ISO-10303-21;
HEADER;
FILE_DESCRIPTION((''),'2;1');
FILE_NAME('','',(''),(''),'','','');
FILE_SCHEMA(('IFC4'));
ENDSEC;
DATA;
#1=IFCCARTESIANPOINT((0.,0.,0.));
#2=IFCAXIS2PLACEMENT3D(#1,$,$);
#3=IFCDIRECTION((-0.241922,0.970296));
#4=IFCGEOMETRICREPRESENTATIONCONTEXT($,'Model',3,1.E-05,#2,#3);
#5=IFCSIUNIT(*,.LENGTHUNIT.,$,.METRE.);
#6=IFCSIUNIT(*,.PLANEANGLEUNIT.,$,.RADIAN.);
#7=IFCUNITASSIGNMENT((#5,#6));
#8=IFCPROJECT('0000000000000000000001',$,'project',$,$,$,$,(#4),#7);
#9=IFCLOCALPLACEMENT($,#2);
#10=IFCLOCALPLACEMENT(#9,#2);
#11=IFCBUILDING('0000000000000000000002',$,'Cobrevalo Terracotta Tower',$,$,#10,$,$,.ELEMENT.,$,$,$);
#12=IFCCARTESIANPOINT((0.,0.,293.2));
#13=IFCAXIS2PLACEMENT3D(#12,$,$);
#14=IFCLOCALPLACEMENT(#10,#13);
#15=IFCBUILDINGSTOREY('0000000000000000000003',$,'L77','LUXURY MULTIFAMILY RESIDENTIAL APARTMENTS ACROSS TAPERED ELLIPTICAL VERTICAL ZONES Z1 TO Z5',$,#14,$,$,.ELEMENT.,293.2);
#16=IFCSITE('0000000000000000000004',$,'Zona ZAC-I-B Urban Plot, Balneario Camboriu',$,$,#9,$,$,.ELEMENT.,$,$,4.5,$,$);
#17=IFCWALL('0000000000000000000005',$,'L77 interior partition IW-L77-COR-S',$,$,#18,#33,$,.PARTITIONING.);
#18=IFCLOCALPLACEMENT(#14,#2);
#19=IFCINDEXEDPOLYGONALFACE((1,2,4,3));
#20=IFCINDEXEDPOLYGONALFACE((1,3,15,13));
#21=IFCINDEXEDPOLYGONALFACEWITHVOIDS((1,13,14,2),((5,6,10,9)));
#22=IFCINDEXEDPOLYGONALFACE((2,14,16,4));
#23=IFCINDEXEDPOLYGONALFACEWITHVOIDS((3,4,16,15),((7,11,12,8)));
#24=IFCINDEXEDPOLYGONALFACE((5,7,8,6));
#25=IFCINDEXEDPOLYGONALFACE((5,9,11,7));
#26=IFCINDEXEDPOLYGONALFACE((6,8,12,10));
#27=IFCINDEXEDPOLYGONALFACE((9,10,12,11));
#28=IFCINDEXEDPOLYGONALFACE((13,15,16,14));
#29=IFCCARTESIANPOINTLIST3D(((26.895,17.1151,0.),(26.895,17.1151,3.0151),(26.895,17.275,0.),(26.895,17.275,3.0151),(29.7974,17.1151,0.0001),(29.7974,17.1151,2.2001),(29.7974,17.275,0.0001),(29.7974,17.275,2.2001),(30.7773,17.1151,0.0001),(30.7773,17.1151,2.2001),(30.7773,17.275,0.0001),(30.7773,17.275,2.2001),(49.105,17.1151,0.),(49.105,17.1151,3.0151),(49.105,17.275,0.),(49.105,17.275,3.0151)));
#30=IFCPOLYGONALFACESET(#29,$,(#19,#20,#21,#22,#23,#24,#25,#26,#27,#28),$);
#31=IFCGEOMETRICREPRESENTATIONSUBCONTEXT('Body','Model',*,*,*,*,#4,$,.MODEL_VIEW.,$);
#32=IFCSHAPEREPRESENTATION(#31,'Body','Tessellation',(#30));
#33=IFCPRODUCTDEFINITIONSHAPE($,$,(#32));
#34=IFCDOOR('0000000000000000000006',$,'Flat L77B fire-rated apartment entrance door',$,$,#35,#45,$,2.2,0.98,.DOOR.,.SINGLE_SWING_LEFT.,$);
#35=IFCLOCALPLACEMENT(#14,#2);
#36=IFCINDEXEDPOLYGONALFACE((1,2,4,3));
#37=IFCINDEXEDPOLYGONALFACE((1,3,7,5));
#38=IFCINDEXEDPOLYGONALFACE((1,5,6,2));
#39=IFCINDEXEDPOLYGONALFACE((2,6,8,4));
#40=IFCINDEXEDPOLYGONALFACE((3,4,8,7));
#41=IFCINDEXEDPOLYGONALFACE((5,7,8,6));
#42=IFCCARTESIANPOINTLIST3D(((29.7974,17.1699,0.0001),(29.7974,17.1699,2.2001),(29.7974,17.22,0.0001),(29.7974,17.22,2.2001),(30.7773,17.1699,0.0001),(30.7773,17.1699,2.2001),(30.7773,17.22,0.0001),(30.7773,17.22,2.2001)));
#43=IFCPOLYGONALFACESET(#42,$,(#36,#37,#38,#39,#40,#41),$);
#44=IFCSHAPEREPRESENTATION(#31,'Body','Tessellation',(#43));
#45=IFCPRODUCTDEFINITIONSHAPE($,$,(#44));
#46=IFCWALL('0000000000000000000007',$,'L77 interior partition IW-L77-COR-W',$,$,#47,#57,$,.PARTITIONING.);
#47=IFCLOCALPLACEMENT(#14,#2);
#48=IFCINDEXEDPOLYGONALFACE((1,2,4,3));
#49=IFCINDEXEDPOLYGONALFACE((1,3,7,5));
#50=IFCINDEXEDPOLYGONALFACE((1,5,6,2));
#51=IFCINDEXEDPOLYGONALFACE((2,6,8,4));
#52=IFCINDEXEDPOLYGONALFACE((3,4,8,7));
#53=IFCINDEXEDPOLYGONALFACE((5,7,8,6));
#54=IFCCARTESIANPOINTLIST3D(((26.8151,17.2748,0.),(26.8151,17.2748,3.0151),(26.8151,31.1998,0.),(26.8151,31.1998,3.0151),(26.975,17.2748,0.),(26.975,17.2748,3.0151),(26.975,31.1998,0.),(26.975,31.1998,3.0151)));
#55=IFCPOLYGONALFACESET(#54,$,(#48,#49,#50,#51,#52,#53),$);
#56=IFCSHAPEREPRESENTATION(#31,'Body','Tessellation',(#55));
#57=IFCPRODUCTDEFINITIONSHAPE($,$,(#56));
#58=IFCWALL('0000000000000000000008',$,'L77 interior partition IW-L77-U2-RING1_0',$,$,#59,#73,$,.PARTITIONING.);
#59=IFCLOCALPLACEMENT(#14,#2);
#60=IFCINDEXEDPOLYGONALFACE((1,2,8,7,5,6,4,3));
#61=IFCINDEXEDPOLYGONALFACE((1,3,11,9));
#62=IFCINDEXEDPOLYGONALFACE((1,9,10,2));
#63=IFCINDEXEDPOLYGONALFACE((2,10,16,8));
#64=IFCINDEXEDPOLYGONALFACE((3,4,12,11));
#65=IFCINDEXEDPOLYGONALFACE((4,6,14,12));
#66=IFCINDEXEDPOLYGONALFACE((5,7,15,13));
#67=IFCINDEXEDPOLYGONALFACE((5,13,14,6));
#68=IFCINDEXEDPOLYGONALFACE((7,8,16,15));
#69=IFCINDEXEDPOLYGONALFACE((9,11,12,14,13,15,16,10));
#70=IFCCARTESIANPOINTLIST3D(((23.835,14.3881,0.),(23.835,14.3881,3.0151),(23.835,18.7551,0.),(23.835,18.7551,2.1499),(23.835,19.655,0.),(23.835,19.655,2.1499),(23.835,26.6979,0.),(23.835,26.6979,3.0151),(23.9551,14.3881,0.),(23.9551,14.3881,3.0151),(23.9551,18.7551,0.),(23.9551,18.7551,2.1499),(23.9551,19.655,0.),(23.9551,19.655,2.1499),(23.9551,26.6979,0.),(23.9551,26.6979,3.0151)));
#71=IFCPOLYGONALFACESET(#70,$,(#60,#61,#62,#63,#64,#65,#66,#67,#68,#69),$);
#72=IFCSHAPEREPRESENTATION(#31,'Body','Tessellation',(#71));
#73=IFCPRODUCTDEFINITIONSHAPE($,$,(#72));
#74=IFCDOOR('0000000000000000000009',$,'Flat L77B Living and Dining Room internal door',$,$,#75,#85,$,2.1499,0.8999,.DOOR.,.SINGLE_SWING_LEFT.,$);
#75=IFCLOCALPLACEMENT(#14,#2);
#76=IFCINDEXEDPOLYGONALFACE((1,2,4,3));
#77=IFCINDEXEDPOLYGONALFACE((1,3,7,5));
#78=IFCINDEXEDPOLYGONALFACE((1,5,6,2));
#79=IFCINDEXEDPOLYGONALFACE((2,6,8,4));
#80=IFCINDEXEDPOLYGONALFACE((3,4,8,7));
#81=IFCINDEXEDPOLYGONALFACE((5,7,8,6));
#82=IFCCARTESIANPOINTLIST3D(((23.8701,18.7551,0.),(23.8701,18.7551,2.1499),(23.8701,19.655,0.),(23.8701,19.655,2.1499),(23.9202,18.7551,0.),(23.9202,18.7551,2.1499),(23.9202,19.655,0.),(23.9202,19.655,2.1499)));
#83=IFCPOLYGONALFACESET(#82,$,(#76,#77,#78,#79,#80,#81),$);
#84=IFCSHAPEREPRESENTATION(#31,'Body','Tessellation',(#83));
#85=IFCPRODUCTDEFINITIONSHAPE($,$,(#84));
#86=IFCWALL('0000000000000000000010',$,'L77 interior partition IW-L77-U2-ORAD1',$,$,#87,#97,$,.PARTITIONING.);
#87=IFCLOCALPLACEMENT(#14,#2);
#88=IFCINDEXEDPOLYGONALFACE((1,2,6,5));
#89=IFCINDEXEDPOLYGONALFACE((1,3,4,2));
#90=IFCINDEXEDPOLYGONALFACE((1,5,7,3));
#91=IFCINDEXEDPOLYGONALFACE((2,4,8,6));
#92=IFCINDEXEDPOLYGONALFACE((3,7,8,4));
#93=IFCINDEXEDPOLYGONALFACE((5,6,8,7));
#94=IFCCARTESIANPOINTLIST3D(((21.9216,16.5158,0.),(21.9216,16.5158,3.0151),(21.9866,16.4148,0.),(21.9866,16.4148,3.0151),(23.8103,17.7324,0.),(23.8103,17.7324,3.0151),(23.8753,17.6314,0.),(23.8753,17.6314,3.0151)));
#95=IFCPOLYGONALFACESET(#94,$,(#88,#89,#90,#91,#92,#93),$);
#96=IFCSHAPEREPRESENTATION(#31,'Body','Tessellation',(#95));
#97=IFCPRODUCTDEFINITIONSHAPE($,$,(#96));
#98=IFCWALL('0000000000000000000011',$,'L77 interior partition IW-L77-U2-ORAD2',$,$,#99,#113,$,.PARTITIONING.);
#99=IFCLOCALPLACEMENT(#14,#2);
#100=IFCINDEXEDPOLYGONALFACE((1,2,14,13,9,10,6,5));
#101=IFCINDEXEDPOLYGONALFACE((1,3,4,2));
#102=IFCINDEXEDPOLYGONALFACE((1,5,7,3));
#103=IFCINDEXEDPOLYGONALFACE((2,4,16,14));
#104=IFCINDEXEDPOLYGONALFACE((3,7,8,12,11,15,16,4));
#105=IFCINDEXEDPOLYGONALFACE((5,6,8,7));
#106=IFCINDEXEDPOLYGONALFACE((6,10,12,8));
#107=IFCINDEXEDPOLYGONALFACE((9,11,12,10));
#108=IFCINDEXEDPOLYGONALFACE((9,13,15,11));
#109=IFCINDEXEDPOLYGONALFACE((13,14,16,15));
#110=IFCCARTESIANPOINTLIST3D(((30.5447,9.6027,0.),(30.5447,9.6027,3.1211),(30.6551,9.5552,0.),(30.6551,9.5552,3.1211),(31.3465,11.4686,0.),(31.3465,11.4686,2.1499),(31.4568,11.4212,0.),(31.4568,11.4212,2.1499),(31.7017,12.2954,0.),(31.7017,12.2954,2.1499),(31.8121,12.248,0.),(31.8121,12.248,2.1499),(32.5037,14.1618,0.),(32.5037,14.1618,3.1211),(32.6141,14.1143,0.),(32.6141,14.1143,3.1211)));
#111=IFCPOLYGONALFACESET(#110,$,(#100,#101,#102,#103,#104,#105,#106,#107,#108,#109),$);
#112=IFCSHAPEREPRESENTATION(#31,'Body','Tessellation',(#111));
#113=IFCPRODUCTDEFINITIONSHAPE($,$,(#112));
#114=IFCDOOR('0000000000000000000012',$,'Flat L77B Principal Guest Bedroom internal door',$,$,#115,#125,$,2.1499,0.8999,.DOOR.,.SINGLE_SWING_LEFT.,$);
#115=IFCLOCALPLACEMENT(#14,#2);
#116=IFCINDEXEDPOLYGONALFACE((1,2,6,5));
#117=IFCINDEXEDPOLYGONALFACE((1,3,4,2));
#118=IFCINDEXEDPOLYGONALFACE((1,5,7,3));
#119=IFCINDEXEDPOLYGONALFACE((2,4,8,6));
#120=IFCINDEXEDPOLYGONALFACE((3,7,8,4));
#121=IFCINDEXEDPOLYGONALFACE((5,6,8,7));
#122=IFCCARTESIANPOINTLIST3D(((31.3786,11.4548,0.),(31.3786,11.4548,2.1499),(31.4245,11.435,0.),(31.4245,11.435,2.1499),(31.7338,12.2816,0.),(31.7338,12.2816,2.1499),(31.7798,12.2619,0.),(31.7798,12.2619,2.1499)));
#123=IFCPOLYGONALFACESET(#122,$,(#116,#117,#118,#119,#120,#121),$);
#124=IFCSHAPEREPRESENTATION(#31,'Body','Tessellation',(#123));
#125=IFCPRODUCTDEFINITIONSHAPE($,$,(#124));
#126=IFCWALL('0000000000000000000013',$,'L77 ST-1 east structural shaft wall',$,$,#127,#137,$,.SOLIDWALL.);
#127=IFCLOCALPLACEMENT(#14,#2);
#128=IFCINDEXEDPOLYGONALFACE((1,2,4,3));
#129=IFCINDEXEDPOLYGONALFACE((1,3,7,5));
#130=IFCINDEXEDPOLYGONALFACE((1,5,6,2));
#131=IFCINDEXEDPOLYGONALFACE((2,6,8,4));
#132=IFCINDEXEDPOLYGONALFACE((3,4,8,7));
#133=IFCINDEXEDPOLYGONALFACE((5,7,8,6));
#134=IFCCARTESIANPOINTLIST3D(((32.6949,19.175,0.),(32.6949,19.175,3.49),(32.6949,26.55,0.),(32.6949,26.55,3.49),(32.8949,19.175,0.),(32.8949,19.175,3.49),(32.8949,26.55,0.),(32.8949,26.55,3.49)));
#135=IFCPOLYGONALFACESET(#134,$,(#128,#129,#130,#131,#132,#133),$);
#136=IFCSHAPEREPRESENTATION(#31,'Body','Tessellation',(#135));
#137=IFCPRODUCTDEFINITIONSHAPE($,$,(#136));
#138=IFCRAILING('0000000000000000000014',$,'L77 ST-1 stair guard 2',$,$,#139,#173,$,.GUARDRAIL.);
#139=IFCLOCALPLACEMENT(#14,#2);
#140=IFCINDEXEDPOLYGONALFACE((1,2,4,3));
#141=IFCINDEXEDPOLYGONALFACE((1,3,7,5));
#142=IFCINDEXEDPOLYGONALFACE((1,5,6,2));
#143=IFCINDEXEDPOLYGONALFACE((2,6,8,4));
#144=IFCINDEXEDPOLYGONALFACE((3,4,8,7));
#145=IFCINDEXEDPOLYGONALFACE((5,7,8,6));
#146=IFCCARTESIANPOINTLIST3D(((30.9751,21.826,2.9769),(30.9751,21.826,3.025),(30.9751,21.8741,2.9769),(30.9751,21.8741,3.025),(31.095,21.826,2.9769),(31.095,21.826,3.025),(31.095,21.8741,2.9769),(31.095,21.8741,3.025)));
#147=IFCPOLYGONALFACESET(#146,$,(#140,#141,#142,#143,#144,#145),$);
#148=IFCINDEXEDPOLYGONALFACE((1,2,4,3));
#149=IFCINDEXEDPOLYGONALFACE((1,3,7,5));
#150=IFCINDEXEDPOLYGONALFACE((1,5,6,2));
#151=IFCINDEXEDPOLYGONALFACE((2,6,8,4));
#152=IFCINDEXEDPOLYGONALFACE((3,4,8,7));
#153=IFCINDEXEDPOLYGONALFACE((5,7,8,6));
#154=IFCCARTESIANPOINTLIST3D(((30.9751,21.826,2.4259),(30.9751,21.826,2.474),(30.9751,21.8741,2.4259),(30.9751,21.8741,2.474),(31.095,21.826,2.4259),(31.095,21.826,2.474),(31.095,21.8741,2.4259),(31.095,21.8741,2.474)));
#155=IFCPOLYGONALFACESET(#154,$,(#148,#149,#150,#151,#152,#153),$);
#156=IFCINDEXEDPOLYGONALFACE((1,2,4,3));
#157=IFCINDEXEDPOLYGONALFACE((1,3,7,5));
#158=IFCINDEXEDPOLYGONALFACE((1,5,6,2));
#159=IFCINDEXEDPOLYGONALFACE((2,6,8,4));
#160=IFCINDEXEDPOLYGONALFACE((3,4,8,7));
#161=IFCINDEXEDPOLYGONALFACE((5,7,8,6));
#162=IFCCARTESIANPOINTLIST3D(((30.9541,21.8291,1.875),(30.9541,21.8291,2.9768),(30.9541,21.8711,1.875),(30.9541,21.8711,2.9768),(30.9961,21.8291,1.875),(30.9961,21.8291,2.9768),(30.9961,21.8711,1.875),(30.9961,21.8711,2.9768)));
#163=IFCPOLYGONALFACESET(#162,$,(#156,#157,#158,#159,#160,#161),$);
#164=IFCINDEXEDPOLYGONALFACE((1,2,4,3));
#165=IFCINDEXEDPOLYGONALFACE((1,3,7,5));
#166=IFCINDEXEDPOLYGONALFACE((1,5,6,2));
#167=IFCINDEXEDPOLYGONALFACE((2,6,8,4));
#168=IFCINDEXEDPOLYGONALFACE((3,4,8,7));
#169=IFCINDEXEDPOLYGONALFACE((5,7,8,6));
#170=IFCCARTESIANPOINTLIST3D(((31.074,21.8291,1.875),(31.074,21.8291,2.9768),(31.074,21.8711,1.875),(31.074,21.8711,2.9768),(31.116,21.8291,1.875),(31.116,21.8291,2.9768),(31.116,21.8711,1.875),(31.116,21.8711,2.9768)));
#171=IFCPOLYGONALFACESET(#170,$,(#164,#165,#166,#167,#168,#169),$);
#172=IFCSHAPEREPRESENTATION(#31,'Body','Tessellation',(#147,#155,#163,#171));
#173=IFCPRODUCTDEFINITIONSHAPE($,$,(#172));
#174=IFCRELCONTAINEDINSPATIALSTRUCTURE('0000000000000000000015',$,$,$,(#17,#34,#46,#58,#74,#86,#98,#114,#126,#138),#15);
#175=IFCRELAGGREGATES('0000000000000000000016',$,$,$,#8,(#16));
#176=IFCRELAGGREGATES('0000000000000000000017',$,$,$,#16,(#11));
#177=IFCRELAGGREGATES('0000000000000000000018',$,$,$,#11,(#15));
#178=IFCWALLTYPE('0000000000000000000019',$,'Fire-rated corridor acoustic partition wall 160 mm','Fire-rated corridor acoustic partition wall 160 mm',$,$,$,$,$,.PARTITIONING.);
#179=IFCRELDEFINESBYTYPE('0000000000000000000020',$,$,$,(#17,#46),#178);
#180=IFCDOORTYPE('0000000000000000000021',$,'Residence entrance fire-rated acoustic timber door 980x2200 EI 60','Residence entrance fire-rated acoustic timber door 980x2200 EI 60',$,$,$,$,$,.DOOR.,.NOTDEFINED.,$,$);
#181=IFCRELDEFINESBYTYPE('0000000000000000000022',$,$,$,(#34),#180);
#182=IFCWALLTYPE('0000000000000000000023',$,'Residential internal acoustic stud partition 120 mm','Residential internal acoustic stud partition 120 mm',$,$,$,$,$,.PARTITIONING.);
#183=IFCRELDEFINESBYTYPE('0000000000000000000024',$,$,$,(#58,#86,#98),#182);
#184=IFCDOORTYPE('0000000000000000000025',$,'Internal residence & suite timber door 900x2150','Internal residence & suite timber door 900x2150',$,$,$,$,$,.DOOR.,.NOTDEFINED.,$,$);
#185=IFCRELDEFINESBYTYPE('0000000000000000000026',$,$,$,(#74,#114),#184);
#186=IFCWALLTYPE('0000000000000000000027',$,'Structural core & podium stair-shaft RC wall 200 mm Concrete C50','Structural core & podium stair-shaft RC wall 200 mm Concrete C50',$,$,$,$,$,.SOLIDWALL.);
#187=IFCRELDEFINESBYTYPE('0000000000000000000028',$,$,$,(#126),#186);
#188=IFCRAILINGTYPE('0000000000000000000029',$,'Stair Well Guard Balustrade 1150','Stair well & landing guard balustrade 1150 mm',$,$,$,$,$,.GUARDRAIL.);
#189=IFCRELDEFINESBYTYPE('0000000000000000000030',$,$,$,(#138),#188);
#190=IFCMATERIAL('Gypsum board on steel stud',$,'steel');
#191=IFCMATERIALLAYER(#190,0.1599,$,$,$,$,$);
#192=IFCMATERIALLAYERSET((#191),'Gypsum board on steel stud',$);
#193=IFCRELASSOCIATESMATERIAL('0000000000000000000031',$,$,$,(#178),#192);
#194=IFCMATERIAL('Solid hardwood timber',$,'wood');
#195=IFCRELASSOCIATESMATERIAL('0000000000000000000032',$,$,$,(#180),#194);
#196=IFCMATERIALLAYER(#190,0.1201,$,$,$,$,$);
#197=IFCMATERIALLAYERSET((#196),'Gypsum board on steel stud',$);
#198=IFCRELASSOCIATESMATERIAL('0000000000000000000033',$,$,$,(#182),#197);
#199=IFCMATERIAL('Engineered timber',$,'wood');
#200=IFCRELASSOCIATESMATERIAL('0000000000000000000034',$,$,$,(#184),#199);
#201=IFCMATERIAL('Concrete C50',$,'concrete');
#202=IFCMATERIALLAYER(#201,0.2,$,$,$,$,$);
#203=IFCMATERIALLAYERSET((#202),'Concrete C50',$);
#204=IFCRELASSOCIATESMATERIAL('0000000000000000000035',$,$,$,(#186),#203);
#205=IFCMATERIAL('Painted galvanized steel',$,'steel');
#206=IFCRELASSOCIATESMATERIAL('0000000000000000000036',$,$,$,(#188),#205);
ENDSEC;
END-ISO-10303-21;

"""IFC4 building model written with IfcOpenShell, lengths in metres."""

from ifc_helpers import new_model, si_unit, direction, frame, frame_2d, origin, origin_2d, place, context, subcontext, project, spatial, rectangle, extrude, source, transform, mapped, material, layer, layer_set, type_object, element, fill, save


model = new_model("IFC4")

# Units and contexts
model_context = context("Model", 3, precision=1e-05, world=origin(), true_north=direction((-0.241922, 0.970296)))
body_context = subcontext(model_context, "Body", "Model", "MODEL_VIEW")
ifc_project = project(units=[si_unit("LENGTHUNIT", "METRE"), si_unit("PLANEANGLEUNIT", "RADIAN")], contexts=[model_context])

# Site, building, storey
site_placement = place(None, origin())
site = spatial("IfcSite", under=ifc_project, at=site_placement, Name="Zona ZAC-I-B Urban Plot, Balneario Camboriu", CompositionType="ELEMENT", RefElevation=4.5)
building_placement = place(site_placement, origin())
building = spatial("IfcBuilding", under=site, at=building_placement, Name="Cobrevalo Terracotta Tower", CompositionType="ELEMENT")
storey_placement = place(building_placement, frame((0.0, 0.0, 293.2)))
storey = spatial("IfcBuildingStorey", under=building, at=storey_placement, Name="L77", Description="LUXURY MULTIFAMILY RESIDENTIAL APARTMENTS ACROSS TAPERED ELLIPTICAL VERTICAL ZONES Z1 TO Z5", CompositionType="ELEMENT", Elevation=293.2)

# Shared definitions
ifc_material_1 = material(Name="Concrete C50", Category="concrete")

# Wall, opening, door
ifc_material_2 = material(Name="Gypsum board on steel stud", Category="steel")
ifc_layer_1 = layer(ifc_material_2, 0.1599)
ifc_layer_set_1 = layer_set([ifc_layer_1], Name="Gypsum board on steel stud")
wall_type_1 = type_object("IfcWallType", Name="Fire-rated corridor acoustic partition wall 160 mm", Description="Fire-rated corridor acoustic partition wall 160 mm", PredefinedType="PARTITIONING", material=ifc_layer_set_1)
wall_1_placement = place(storey_placement, frame((26.895, 17.1951, 0.0), z_axis=(0.0, 0.0, 1.0), x_axis=(1.0, 0.0, 0.0)))
wall_1 = element("IfcWall", 1, at=wall_1_placement, inside=storey, type_object=wall_type_1, Name="L77 interior partition IW-L77-COR-S", PredefinedType="PARTITIONING", context=body_context, shape_type="SweptSolid", body=[
    extrude(rectangle(XDim=22.21, YDim=0.1599, at=frame_2d((11.105, 0.0))), origin(), (0.0, 0.0, 1.0), 3.0151),
])
opening_1_placement = place(wall_1_placement, frame((2.9023, 0.0, 0.0)))
opening_1 = element("IfcOpeningElement", 2, at=opening_1_placement, cuts=wall_1, PredefinedType="OPENING", context=body_context, shape_type="SweptSolid", body=[
    extrude(rectangle(XDim=0.98, YDim=2.2, at=frame_2d((0.49, 1.1001))), frame((0.0, 0.0898, 0.0), z_axis=(0.0, -1.0, 0.0), x_axis=(1.0, 0.0, 0.0)), (0.0, 0.0, 1.0), 0.1799),
])
ifc_material_3 = material(Name="Solid hardwood timber", Category="wood")
door_type_1 = type_object("IfcDoorType", Name="Residence entrance fire-rated acoustic timber door 980x2200 EI 60", Description="Residence entrance fire-rated acoustic timber door 980x2200 EI 60", OperationType="NOTDEFINED", PredefinedType="DOOR", material=ifc_material_3)
shared_shape_1 = source(origin(), body_context, "Body", "SweptSolid", [
    extrude(rectangle(XDim=0.98, YDim=2.2, at=frame_2d((0.49, 1.1001))), frame((0.0, 0.0249, 0.0), z_axis=(0.0, -1.0, 0.0), x_axis=(1.0, 0.0, 0.0)), (0.0, 0.0, 1.0), 0.05),
])
door_1_placement = place(opening_1_placement, origin())
door_1 = element("IfcDoor", 3, at=door_1_placement, inside=storey, type_object=door_type_1, Name="Flat L77B fire-rated apartment entrance door", OperationType="SINGLE_SWING_LEFT", OverallHeight=2.2, OverallWidth=0.98, PredefinedType="DOOR", context=body_context, shape_type="MappedRepresentation", body=[
    mapped(shared_shape_1, transform((0.0, 0.0, 0.0), scale=1.0)),
])
fill(opening_1, door_1)

# Wall
wall_2_placement = place(storey_placement, frame((26.895, 17.2749, 0.0), z_axis=(0.0, 0.0, 1.0), x_axis=(0.0, 1.0, 0.0)))
element("IfcWall", 4, at=wall_2_placement, inside=storey, type_object=wall_type_1, Name="L77 interior partition IW-L77-COR-W", PredefinedType="PARTITIONING", context=body_context, shape_type="SweptSolid", body=[
    extrude(rectangle(XDim=13.925, YDim=0.1599, at=frame_2d((6.9624, 0.0))), origin(), (0.0, 0.0, 1.0), 3.0151),
])

# Wall, opening, door
ifc_layer_2 = layer(ifc_material_2, 0.1201)
ifc_layer_set_2 = layer_set([ifc_layer_2], Name="Gypsum board on steel stud")
wall_type_2 = type_object("IfcWallType", Name="Residential internal acoustic stud partition 120 mm", Description="Residential internal acoustic stud partition 120 mm", PredefinedType="PARTITIONING", material=ifc_layer_set_2)
wall_3_placement = place(storey_placement, frame((23.895, 14.3882, 0.0), z_axis=(0.0, 0.0, 1.0), x_axis=(0.0, 1.0, 0.0)))
wall_3 = element("IfcWall", 5, at=wall_3_placement, inside=storey, type_object=wall_type_2, Name="L77 interior partition IW-L77-U2-RING1_0", PredefinedType="PARTITIONING", context=body_context, shape_type="SweptSolid", body=[
    extrude(rectangle(XDim=12.3098, YDim=0.1201, at=frame_2d((6.1548, 0.0))), origin(), (0.0, 0.0, 1.0), 3.0151),
])
opening_2_placement = place(wall_3_placement, frame((4.3669, 0.0, 0.0)))
opening_2 = element("IfcOpeningElement", 6, at=opening_2_placement, cuts=wall_3, PredefinedType="OPENING", context=body_context, shape_type="SweptSolid", body=[
    extrude(rectangle(XDim=0.8999, YDim=2.1499, at=frame_2d((0.45, 1.075))), frame((0.0, 0.0701, 0.0), z_axis=(0.0, -1.0, 0.0), x_axis=(1.0, 0.0, 0.0)), (0.0, 0.0, 1.0), 0.1401),
])
ifc_material_4 = material(Name="Engineered timber", Category="wood")
door_type_2 = type_object("IfcDoorType", Name="Internal residence & suite timber door 900x2150", Description="Internal residence & suite timber door 900x2150", OperationType="NOTDEFINED", PredefinedType="DOOR", material=ifc_material_4)
shared_shape_2 = source(origin(), body_context, "Body", "SweptSolid", [
    extrude(rectangle(XDim=0.8999, YDim=2.1499, at=frame_2d((0.45, 1.075))), frame((0.0, 0.0249, 0.0), z_axis=(0.0, -1.0, 0.0), x_axis=(1.0, 0.0, 0.0)), (0.0, 0.0, 1.0), 0.05),
])
door_2_placement = place(opening_2_placement, origin())
door_2 = element("IfcDoor", 7, at=door_2_placement, inside=storey, type_object=door_type_2, Name="Flat L77B Living and Dining Room internal door", OperationType="SINGLE_SWING_LEFT", OverallHeight=2.1499, OverallWidth=0.8999, PredefinedType="DOOR", context=body_context, shape_type="MappedRepresentation", body=[
    mapped(shared_shape_2, transform((0.0, 0.0, 0.0), scale=1.0)),
])
fill(opening_2, door_2)

# Wall
wall_4_placement = place(storey_placement, frame((23.8428, 17.6819, 0.0), z_axis=(0.0, 0.0, 1.0), x_axis=(-0.840691, -0.541515, 0.0)))
element("IfcWall", 8, at=wall_4_placement, inside=storey, type_object=wall_type_2, Name="L77 interior partition IW-L77-U2-ORAD1", PredefinedType="PARTITIONING", context=body_context, shape_type="SweptSolid", body=[
    extrude(rectangle(XDim=2.2466, YDim=0.1201, at=frame_2d((1.1233, 0.0))), origin(), (0.0, 0.0, 1.0), 3.0151),
])

# Wall, opening, door
wall_5_placement = place(storey_placement, frame((32.5588, 14.1379, 0.0), z_axis=(0.0, 0.0, 1.0), x_axis=(-0.394786, -0.918773, 0.0)))
wall_5 = element("IfcWall", 9, at=wall_5_placement, inside=storey, type_object=wall_type_2, Name="L77 interior partition IW-L77-U2-ORAD2", PredefinedType="PARTITIONING", context=body_context, shape_type="SweptSolid", body=[
    extrude(rectangle(XDim=4.9622, YDim=0.1201, at=frame_2d((2.481, 0.0))), origin(), (0.0, 0.0, 1.0), 3.1211),
])
opening_3_placement = place(wall_5_placement, frame((2.0312, 0.0, 0.0)))
opening_3 = element("IfcOpeningElement", 10, at=opening_3_placement, cuts=wall_5, PredefinedType="OPENING", context=body_context, shape_type="SweptSolid", body=[
    extrude(rectangle(XDim=0.8999, YDim=2.1499, at=frame_2d((0.45, 1.075))), frame((0.0, 0.0701, 0.0), z_axis=(0.0, -1.0, 0.0), x_axis=(1.0, 0.0, 0.0)), (0.0, 0.0, 1.0), 0.1401),
])
door_3_placement = place(opening_3_placement, origin())
door_3 = element("IfcDoor", 11, at=door_3_placement, inside=storey, type_object=door_type_2, Name="Flat L77B Principal Guest Bedroom internal door", OperationType="SINGLE_SWING_LEFT", OverallHeight=2.1499, OverallWidth=0.8999, PredefinedType="DOOR", context=body_context, shape_type="MappedRepresentation", body=[
    mapped(shared_shape_2, transform((0.0, 0.0, 0.0), scale=1.0)),
])
fill(opening_3, door_3)

# Wall
ifc_layer_3 = layer(ifc_material_1, 0.2)
ifc_layer_set_3 = layer_set([ifc_layer_3], Name="Concrete C50")
wall_type_3 = type_object("IfcWallType", Name="Structural core & podium stair-shaft RC wall 200 mm Concrete C50", Description="Structural core & podium stair-shaft RC wall 200 mm Concrete C50", PredefinedType="SOLIDWALL", material=ifc_layer_set_3)
wall_6_placement = place(storey_placement, frame((32.7949, 19.175, 0.0), z_axis=(0.0, 0.0, 1.0), x_axis=(0.0, 1.0, 0.0)))
element("IfcWall", 12, at=wall_6_placement, inside=storey, type_object=wall_type_3, Name="L77 ST-1 east structural shaft wall", PredefinedType="SOLIDWALL", context=body_context, shape_type="SweptSolid", body=[
    extrude(rectangle(XDim=7.375, YDim=0.2, at=frame_2d((3.6875, 0.0))), origin(), (0.0, 0.0, 1.0), 3.49),
])

# Railing
ifc_material_5 = material(Name="Painted galvanized steel", Category="steel")
railing_type = type_object("IfcRailingType", Name="Stair Well Guard Balustrade 1150", Description="Stair well & landing guard balustrade 1150 mm", PredefinedType="GUARDRAIL", material=ifc_material_5)
railing_1_placement = place(storey_placement, frame((30.9751, 21.8501, 1.875)))
element("IfcRailing", 13, at=railing_1_placement, inside=storey, type_object=railing_type, Name="L77 ST-1 stair guard 2", PredefinedType="GUARDRAIL", context=body_context, shape_type="SweptSolid", body=[
    extrude(rectangle(XDim=0.0481, YDim=0.0481, at=origin_2d()), frame((0.0, 0.0, 1.126), z_axis=(1.0, 0.0, 0.0), x_axis=(0.0, 1.0, 0.0)), (0.0, 0.0, 1.0), 0.1199),
    extrude(rectangle(XDim=0.0481, YDim=0.0481, at=origin_2d()), frame((0.0, 0.0, 0.575), z_axis=(1.0, 0.0, 0.0), x_axis=(0.0, 1.0, 0.0)), (0.0, 0.0, 1.0), 0.1199),
    extrude(rectangle(XDim=0.042, YDim=0.042, at=origin_2d()), origin(), (0.0, 0.0, 1.0), 1.1018),
    extrude(rectangle(XDim=0.042, YDim=0.042, at=origin_2d()), frame((0.1199, 0.0, 0.0)), (0.0, 0.0, 1.0), 1.1018),
])

save(model, "model.ifc")
